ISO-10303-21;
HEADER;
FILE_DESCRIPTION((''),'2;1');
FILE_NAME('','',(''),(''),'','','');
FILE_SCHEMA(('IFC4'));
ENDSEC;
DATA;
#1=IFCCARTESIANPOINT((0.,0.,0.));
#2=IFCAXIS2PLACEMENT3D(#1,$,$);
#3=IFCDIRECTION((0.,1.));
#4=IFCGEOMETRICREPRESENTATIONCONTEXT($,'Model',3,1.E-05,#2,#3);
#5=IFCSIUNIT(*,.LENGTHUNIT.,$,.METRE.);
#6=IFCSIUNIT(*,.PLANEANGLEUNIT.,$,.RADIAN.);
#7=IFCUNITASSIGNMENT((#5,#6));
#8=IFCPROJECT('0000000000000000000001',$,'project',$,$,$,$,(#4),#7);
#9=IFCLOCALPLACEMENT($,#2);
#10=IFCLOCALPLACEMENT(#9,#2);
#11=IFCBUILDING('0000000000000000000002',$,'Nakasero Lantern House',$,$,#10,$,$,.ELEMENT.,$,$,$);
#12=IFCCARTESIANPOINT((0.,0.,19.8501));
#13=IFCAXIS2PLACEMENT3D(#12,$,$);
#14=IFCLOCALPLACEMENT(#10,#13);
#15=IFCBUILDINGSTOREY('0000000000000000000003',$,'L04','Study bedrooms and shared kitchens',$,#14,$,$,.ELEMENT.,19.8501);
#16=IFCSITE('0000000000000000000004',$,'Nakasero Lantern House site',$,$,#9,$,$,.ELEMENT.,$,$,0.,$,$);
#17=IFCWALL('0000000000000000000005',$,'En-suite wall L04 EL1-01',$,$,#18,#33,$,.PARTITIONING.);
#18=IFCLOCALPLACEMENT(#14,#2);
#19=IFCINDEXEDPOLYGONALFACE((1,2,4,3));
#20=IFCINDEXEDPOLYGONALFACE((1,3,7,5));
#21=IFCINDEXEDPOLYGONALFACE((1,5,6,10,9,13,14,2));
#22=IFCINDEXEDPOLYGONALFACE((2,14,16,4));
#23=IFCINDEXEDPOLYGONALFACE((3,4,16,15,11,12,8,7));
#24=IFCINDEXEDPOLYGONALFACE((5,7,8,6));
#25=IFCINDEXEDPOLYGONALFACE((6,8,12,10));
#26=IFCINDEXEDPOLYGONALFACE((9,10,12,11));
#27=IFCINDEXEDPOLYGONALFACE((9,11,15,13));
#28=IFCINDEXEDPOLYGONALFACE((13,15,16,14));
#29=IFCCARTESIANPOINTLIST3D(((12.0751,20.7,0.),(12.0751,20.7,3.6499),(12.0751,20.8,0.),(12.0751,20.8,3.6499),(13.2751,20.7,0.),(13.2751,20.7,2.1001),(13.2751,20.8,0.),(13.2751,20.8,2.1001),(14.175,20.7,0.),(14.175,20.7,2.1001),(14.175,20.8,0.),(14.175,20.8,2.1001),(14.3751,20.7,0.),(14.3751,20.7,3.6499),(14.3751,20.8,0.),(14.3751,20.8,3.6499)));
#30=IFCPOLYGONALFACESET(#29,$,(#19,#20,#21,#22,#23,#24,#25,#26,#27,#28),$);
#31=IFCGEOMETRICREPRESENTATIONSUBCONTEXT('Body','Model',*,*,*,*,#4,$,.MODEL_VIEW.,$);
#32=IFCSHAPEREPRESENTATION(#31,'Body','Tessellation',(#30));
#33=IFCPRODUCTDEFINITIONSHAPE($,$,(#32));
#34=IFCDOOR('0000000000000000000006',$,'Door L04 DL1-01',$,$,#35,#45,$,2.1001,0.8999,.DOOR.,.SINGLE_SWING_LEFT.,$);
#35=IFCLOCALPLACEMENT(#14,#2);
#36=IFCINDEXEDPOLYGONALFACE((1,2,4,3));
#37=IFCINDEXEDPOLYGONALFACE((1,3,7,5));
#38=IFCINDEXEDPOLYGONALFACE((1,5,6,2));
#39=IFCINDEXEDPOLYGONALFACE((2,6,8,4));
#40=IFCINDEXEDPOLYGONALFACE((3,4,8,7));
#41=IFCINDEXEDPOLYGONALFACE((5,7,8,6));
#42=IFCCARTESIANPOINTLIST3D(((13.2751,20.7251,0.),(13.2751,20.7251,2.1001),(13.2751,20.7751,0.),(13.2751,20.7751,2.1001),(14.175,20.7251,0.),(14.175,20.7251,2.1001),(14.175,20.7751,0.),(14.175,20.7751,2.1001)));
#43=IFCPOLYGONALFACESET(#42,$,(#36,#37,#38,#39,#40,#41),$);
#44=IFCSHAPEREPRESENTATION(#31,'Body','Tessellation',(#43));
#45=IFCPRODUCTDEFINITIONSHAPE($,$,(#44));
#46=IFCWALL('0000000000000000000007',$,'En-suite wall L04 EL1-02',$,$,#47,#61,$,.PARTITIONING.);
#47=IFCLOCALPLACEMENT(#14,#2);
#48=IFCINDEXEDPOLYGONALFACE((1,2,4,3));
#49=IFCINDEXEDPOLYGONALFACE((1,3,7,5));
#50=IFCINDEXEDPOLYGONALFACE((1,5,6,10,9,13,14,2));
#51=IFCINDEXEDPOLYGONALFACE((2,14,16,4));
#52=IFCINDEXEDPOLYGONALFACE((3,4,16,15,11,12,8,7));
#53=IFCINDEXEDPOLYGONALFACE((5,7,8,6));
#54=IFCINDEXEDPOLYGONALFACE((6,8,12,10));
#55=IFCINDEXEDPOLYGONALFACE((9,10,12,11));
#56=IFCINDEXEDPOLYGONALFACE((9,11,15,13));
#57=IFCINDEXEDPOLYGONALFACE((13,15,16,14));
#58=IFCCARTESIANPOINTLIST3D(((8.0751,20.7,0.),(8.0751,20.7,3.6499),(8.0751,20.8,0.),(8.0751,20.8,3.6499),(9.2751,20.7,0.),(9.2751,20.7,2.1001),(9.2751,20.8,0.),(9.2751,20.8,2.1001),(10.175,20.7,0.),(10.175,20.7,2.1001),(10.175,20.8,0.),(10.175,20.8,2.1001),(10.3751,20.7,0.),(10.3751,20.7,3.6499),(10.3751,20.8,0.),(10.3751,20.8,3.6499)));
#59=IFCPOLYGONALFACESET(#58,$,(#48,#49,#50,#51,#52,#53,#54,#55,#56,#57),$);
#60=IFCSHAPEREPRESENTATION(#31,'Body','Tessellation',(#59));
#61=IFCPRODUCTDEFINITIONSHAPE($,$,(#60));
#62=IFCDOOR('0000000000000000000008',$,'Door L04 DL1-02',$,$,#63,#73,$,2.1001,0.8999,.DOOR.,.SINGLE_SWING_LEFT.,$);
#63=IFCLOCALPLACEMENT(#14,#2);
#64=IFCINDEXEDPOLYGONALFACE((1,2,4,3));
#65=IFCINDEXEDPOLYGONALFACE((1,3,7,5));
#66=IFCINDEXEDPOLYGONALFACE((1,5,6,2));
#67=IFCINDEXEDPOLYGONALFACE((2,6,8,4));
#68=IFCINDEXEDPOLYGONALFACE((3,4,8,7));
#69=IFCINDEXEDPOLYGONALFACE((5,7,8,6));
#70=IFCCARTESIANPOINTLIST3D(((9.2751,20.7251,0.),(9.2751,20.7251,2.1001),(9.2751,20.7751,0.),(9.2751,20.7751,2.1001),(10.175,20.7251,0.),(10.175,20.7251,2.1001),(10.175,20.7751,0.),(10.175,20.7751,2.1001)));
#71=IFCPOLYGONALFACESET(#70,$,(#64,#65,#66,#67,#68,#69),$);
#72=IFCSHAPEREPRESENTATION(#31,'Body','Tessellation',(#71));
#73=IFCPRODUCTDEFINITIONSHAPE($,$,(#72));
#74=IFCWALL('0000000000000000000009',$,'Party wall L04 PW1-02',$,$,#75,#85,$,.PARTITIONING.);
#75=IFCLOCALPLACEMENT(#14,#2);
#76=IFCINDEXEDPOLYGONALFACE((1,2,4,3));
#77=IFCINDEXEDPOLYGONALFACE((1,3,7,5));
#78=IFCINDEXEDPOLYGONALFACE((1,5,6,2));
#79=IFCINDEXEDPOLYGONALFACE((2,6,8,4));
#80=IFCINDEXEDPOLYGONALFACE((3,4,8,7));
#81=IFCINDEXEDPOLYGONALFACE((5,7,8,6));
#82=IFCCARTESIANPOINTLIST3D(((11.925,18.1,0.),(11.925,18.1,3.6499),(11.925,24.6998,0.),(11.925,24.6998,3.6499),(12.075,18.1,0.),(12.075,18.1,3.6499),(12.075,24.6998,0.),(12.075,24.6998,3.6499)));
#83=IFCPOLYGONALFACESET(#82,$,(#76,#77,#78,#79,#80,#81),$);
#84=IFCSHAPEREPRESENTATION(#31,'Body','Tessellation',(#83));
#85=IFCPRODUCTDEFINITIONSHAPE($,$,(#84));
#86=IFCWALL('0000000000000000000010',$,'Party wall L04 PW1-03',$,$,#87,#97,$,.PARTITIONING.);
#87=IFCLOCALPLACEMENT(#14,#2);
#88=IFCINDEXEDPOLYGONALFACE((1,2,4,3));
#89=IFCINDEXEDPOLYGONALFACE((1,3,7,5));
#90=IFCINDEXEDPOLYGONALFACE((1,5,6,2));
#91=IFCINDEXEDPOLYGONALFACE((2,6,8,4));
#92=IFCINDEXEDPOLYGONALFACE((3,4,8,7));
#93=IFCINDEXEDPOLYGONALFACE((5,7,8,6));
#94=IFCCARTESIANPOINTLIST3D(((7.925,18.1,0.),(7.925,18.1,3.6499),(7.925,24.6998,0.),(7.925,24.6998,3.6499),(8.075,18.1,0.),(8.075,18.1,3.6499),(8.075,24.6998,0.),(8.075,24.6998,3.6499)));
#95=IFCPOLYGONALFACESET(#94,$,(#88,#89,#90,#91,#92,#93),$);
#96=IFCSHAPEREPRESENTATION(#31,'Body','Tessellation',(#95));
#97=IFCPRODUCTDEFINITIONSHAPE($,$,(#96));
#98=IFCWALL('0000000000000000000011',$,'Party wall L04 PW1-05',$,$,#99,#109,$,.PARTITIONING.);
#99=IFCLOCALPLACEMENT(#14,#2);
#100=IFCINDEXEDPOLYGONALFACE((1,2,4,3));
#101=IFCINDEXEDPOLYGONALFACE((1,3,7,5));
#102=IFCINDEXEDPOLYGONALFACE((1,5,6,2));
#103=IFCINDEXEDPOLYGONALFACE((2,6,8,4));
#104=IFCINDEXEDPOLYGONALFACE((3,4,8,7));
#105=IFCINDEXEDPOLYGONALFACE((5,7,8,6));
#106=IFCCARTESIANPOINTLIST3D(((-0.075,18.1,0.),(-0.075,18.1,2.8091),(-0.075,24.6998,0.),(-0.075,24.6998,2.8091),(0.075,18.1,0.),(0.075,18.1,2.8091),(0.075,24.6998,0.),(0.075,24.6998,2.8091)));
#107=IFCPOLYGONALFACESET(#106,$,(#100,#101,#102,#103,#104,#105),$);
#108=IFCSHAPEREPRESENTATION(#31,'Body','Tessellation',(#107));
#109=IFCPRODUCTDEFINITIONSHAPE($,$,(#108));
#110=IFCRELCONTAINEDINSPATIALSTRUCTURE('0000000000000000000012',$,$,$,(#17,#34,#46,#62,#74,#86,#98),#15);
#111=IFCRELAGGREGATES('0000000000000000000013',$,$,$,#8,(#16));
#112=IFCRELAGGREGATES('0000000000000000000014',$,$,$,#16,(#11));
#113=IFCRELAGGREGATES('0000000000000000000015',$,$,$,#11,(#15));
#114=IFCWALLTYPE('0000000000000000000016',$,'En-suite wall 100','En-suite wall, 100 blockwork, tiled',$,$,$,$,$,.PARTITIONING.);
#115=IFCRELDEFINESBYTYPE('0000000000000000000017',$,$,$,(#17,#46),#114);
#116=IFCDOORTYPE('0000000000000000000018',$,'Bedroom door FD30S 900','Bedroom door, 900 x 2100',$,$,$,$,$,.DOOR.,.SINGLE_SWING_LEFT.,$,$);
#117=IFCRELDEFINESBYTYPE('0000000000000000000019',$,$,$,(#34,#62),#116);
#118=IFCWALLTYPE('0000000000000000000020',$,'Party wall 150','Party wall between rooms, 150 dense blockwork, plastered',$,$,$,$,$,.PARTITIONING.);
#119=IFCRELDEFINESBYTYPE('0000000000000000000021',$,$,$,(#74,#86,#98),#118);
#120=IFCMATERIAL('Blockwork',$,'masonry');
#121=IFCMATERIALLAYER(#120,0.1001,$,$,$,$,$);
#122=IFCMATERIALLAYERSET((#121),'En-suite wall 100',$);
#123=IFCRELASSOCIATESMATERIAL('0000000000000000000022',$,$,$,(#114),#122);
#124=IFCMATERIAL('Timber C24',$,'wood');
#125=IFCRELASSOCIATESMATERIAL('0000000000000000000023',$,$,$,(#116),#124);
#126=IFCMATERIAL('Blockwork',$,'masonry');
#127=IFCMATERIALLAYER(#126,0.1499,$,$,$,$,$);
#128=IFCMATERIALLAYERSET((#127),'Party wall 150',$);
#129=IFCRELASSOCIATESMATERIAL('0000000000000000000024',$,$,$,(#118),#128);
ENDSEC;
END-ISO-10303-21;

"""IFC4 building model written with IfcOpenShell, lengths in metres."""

from ifc_helpers import new_model, si_unit, direction, frame, frame_2d, origin, place, context, subcontext, project, spatial, rectangle, extrude, material, layer, layer_set, type_object, element, fill, save


model = new_model("IFC4")

# Units and contexts
model_context = context("Model", 3, precision=1e-05, world=origin(), true_north=direction((0.0, 1.0)))
body_context = subcontext(model_context, "Body", "Model", "MODEL_VIEW")
ifc_project = project(units=[si_unit("LENGTHUNIT", "METRE"), si_unit("PLANEANGLEUNIT", "RADIAN")], contexts=[model_context])

# Site, building, storey
site_placement = place(None, origin())
site = spatial("IfcSite", under=ifc_project, at=site_placement, Name="Nakasero Lantern House site", CompositionType="ELEMENT", RefElevation=0.0)
building_placement = place(site_placement, origin())
building = spatial("IfcBuilding", under=site, at=building_placement, Name="Nakasero Lantern House", CompositionType="ELEMENT")
storey_placement = place(building_placement, frame((0.0, 0.0, 19.8501)))
storey = spatial("IfcBuildingStorey", under=building, at=storey_placement, Name="L04", Description="Study bedrooms and shared kitchens", CompositionType="ELEMENT", Elevation=19.8501)

# Shared definitions
ifc_material_1 = material(Name="Blockwork", Category="masonry")
ifc_layer_1 = layer(ifc_material_1, 0.1001)
ifc_layer_set_1 = layer_set([ifc_layer_1], Name="En-suite wall 100")
wall_type_1 = type_object("IfcWallType", Name="En-suite wall 100", Description="En-suite wall, 100 blockwork, tiled", PredefinedType="PARTITIONING", material=ifc_layer_set_1)

# Walls, openings, doors
wall_1_placement = place(storey_placement, frame((14.375, 20.75, 0.0), z_axis=(0.0, 0.0, 1.0), x_axis=(-1.0, 0.0, 0.0)))
wall_1 = element("IfcWall", 1, at=wall_1_placement, inside=storey, type_object=wall_type_1, Name="En-suite wall L04 EL1-01", PredefinedType="PARTITIONING", context=body_context, shape_type="SweptSolid", body=[
    extrude(rectangle(XDim=2.3, YDim=0.1001, at=frame_2d((1.1499, 0.0))), origin(), (0.0, 0.0, 1.0), 3.6499),
])
opening_1_placement = place(wall_1_placement, frame((0.2, 0.0, 0.0)))
opening_1 = element("IfcOpeningElement", 2, at=opening_1_placement, cuts=wall_1, PredefinedType="OPENING", context=body_context, shape_type="SweptSolid", body=[
    extrude(rectangle(XDim=0.8999, YDim=2.1001, at=frame_2d((0.45, 1.05))), frame((0.0, 0.0701, 0.0), z_axis=(0.0, -1.0, 0.0), x_axis=(1.0, 0.0, 0.0)), (0.0, 0.0, 1.0), 0.1401),
])
ifc_material_2 = material(Name="Timber C24", Category="wood")
door_type_1 = type_object("IfcDoorType", Name="Bedroom door FD30S 900", Description="Bedroom door, 900 x 2100", OperationType="SINGLE_SWING_LEFT", PredefinedType="DOOR", material=ifc_material_2)
door_1_placement = place(opening_1_placement, origin())
door_1 = element("IfcDoor", 3, at=door_1_placement, inside=storey, type_object=door_type_1, Name="Door L04 DL1-01", OperationType="SINGLE_SWING_LEFT", OverallHeight=2.1001, OverallWidth=0.8999, PredefinedType="DOOR", context=body_context, shape_type="SweptSolid", body=[
    extrude(rectangle(XDim=0.8999, YDim=2.1001, at=frame_2d((0.45, 1.05))), frame((0.0, 0.0249, 0.0), z_axis=(0.0, -1.0, 0.0), x_axis=(1.0, 0.0, 0.0)), (0.0, 0.0, 1.0), 0.05),
])
fill(opening_1, door_1)
wall_2_placement = place(storey_placement, frame((10.375, 20.75, 0.0), z_axis=(0.0, 0.0, 1.0), x_axis=(-1.0, 0.0, 0.0)))
wall_2 = element("IfcWall", 4, at=wall_2_placement, inside=storey, type_object=wall_type_1, Name="En-suite wall L04 EL1-02", PredefinedType="PARTITIONING", context=body_context, shape_type="SweptSolid", body=[
    extrude(rectangle(XDim=2.3, YDim=0.1001, at=frame_2d((1.1499, 0.0))), origin(), (0.0, 0.0, 1.0), 3.6499),
])
opening_2_placement = place(wall_2_placement, frame((0.2, 0.0, 0.0)))
opening_2 = element("IfcOpeningElement", 5, at=opening_2_placement, cuts=wall_2, PredefinedType="OPENING", context=body_context, shape_type="SweptSolid", body=[
    extrude(rectangle(XDim=0.8999, YDim=2.1001, at=frame_2d((0.45, 1.05))), frame((0.0, 0.0701, 0.0), z_axis=(0.0, -1.0, 0.0), x_axis=(1.0, 0.0, 0.0)), (0.0, 0.0, 1.0), 0.1401),
])
door_2_placement = place(opening_2_placement, origin())
door_2 = element("IfcDoor", 6, at=door_2_placement, inside=storey, type_object=door_type_1, Name="Door L04 DL1-02", OperationType="SINGLE_SWING_LEFT", OverallHeight=2.1001, OverallWidth=0.8999, PredefinedType="DOOR", context=body_context, shape_type="SweptSolid", body=[
    extrude(rectangle(XDim=0.8999, YDim=2.1001, at=frame_2d((0.45, 1.05))), frame((0.0, 0.0249, 0.0), z_axis=(0.0, -1.0, 0.0), x_axis=(1.0, 0.0, 0.0)), (0.0, 0.0, 1.0), 0.05),
])
fill(opening_2, door_2)

# Walls
ifc_material_3 = material(Name="Blockwork", Category="masonry")
ifc_layer_2 = layer(ifc_material_3, 0.1499)
ifc_layer_set_2 = layer_set([ifc_layer_2], Name="Party wall 150")
wall_type_2 = type_object("IfcWallType", Name="Party wall 150", Description="Party wall between rooms, 150 dense blockwork, plastered", PredefinedType="PARTITIONING", material=ifc_layer_set_2)
for number, where, z_axis, x_axis, name in (
    (7, (12.0, 18.1001, 0.0), (0.0, 0.0, 1.0), (0.0, 1.0, 0.0), "Party wall L04 PW1-02"),
    (8, (8.0, 18.1001, 0.0), (0.0, 0.0, 1.0), (0.0, 1.0, 0.0), "Party wall L04 PW1-03"),
):
    element("IfcWall", number, at=place(storey_placement, frame(where, z_axis=z_axis, x_axis=x_axis)), inside=storey, type_object=wall_type_2, Name=name, PredefinedType="PARTITIONING", context=body_context, shape_type="SweptSolid", body=[
        extrude(rectangle(XDim=6.5999, YDim=0.1499, at=frame_2d((3.2998, 0.0))), origin(), (0.0, 0.0, 1.0), 3.6499),
    ])
wall_3_placement = place(storey_placement, frame((0.0, 18.1001, 0.0), z_axis=(0.0, 0.0, 1.0), x_axis=(0.0, 1.0, 0.0)))
element("IfcWall", 9, at=wall_3_placement, inside=storey, type_object=wall_type_2, Name="Party wall L04 PW1-05", PredefinedType="PARTITIONING", context=body_context, shape_type="SweptSolid", body=[
    extrude(rectangle(XDim=6.5999, YDim=0.1499, at=frame_2d((3.2998, 0.0))), origin(), (0.0, 0.0, 1.0), 2.8091),
])

save(model, "model.ifc")
